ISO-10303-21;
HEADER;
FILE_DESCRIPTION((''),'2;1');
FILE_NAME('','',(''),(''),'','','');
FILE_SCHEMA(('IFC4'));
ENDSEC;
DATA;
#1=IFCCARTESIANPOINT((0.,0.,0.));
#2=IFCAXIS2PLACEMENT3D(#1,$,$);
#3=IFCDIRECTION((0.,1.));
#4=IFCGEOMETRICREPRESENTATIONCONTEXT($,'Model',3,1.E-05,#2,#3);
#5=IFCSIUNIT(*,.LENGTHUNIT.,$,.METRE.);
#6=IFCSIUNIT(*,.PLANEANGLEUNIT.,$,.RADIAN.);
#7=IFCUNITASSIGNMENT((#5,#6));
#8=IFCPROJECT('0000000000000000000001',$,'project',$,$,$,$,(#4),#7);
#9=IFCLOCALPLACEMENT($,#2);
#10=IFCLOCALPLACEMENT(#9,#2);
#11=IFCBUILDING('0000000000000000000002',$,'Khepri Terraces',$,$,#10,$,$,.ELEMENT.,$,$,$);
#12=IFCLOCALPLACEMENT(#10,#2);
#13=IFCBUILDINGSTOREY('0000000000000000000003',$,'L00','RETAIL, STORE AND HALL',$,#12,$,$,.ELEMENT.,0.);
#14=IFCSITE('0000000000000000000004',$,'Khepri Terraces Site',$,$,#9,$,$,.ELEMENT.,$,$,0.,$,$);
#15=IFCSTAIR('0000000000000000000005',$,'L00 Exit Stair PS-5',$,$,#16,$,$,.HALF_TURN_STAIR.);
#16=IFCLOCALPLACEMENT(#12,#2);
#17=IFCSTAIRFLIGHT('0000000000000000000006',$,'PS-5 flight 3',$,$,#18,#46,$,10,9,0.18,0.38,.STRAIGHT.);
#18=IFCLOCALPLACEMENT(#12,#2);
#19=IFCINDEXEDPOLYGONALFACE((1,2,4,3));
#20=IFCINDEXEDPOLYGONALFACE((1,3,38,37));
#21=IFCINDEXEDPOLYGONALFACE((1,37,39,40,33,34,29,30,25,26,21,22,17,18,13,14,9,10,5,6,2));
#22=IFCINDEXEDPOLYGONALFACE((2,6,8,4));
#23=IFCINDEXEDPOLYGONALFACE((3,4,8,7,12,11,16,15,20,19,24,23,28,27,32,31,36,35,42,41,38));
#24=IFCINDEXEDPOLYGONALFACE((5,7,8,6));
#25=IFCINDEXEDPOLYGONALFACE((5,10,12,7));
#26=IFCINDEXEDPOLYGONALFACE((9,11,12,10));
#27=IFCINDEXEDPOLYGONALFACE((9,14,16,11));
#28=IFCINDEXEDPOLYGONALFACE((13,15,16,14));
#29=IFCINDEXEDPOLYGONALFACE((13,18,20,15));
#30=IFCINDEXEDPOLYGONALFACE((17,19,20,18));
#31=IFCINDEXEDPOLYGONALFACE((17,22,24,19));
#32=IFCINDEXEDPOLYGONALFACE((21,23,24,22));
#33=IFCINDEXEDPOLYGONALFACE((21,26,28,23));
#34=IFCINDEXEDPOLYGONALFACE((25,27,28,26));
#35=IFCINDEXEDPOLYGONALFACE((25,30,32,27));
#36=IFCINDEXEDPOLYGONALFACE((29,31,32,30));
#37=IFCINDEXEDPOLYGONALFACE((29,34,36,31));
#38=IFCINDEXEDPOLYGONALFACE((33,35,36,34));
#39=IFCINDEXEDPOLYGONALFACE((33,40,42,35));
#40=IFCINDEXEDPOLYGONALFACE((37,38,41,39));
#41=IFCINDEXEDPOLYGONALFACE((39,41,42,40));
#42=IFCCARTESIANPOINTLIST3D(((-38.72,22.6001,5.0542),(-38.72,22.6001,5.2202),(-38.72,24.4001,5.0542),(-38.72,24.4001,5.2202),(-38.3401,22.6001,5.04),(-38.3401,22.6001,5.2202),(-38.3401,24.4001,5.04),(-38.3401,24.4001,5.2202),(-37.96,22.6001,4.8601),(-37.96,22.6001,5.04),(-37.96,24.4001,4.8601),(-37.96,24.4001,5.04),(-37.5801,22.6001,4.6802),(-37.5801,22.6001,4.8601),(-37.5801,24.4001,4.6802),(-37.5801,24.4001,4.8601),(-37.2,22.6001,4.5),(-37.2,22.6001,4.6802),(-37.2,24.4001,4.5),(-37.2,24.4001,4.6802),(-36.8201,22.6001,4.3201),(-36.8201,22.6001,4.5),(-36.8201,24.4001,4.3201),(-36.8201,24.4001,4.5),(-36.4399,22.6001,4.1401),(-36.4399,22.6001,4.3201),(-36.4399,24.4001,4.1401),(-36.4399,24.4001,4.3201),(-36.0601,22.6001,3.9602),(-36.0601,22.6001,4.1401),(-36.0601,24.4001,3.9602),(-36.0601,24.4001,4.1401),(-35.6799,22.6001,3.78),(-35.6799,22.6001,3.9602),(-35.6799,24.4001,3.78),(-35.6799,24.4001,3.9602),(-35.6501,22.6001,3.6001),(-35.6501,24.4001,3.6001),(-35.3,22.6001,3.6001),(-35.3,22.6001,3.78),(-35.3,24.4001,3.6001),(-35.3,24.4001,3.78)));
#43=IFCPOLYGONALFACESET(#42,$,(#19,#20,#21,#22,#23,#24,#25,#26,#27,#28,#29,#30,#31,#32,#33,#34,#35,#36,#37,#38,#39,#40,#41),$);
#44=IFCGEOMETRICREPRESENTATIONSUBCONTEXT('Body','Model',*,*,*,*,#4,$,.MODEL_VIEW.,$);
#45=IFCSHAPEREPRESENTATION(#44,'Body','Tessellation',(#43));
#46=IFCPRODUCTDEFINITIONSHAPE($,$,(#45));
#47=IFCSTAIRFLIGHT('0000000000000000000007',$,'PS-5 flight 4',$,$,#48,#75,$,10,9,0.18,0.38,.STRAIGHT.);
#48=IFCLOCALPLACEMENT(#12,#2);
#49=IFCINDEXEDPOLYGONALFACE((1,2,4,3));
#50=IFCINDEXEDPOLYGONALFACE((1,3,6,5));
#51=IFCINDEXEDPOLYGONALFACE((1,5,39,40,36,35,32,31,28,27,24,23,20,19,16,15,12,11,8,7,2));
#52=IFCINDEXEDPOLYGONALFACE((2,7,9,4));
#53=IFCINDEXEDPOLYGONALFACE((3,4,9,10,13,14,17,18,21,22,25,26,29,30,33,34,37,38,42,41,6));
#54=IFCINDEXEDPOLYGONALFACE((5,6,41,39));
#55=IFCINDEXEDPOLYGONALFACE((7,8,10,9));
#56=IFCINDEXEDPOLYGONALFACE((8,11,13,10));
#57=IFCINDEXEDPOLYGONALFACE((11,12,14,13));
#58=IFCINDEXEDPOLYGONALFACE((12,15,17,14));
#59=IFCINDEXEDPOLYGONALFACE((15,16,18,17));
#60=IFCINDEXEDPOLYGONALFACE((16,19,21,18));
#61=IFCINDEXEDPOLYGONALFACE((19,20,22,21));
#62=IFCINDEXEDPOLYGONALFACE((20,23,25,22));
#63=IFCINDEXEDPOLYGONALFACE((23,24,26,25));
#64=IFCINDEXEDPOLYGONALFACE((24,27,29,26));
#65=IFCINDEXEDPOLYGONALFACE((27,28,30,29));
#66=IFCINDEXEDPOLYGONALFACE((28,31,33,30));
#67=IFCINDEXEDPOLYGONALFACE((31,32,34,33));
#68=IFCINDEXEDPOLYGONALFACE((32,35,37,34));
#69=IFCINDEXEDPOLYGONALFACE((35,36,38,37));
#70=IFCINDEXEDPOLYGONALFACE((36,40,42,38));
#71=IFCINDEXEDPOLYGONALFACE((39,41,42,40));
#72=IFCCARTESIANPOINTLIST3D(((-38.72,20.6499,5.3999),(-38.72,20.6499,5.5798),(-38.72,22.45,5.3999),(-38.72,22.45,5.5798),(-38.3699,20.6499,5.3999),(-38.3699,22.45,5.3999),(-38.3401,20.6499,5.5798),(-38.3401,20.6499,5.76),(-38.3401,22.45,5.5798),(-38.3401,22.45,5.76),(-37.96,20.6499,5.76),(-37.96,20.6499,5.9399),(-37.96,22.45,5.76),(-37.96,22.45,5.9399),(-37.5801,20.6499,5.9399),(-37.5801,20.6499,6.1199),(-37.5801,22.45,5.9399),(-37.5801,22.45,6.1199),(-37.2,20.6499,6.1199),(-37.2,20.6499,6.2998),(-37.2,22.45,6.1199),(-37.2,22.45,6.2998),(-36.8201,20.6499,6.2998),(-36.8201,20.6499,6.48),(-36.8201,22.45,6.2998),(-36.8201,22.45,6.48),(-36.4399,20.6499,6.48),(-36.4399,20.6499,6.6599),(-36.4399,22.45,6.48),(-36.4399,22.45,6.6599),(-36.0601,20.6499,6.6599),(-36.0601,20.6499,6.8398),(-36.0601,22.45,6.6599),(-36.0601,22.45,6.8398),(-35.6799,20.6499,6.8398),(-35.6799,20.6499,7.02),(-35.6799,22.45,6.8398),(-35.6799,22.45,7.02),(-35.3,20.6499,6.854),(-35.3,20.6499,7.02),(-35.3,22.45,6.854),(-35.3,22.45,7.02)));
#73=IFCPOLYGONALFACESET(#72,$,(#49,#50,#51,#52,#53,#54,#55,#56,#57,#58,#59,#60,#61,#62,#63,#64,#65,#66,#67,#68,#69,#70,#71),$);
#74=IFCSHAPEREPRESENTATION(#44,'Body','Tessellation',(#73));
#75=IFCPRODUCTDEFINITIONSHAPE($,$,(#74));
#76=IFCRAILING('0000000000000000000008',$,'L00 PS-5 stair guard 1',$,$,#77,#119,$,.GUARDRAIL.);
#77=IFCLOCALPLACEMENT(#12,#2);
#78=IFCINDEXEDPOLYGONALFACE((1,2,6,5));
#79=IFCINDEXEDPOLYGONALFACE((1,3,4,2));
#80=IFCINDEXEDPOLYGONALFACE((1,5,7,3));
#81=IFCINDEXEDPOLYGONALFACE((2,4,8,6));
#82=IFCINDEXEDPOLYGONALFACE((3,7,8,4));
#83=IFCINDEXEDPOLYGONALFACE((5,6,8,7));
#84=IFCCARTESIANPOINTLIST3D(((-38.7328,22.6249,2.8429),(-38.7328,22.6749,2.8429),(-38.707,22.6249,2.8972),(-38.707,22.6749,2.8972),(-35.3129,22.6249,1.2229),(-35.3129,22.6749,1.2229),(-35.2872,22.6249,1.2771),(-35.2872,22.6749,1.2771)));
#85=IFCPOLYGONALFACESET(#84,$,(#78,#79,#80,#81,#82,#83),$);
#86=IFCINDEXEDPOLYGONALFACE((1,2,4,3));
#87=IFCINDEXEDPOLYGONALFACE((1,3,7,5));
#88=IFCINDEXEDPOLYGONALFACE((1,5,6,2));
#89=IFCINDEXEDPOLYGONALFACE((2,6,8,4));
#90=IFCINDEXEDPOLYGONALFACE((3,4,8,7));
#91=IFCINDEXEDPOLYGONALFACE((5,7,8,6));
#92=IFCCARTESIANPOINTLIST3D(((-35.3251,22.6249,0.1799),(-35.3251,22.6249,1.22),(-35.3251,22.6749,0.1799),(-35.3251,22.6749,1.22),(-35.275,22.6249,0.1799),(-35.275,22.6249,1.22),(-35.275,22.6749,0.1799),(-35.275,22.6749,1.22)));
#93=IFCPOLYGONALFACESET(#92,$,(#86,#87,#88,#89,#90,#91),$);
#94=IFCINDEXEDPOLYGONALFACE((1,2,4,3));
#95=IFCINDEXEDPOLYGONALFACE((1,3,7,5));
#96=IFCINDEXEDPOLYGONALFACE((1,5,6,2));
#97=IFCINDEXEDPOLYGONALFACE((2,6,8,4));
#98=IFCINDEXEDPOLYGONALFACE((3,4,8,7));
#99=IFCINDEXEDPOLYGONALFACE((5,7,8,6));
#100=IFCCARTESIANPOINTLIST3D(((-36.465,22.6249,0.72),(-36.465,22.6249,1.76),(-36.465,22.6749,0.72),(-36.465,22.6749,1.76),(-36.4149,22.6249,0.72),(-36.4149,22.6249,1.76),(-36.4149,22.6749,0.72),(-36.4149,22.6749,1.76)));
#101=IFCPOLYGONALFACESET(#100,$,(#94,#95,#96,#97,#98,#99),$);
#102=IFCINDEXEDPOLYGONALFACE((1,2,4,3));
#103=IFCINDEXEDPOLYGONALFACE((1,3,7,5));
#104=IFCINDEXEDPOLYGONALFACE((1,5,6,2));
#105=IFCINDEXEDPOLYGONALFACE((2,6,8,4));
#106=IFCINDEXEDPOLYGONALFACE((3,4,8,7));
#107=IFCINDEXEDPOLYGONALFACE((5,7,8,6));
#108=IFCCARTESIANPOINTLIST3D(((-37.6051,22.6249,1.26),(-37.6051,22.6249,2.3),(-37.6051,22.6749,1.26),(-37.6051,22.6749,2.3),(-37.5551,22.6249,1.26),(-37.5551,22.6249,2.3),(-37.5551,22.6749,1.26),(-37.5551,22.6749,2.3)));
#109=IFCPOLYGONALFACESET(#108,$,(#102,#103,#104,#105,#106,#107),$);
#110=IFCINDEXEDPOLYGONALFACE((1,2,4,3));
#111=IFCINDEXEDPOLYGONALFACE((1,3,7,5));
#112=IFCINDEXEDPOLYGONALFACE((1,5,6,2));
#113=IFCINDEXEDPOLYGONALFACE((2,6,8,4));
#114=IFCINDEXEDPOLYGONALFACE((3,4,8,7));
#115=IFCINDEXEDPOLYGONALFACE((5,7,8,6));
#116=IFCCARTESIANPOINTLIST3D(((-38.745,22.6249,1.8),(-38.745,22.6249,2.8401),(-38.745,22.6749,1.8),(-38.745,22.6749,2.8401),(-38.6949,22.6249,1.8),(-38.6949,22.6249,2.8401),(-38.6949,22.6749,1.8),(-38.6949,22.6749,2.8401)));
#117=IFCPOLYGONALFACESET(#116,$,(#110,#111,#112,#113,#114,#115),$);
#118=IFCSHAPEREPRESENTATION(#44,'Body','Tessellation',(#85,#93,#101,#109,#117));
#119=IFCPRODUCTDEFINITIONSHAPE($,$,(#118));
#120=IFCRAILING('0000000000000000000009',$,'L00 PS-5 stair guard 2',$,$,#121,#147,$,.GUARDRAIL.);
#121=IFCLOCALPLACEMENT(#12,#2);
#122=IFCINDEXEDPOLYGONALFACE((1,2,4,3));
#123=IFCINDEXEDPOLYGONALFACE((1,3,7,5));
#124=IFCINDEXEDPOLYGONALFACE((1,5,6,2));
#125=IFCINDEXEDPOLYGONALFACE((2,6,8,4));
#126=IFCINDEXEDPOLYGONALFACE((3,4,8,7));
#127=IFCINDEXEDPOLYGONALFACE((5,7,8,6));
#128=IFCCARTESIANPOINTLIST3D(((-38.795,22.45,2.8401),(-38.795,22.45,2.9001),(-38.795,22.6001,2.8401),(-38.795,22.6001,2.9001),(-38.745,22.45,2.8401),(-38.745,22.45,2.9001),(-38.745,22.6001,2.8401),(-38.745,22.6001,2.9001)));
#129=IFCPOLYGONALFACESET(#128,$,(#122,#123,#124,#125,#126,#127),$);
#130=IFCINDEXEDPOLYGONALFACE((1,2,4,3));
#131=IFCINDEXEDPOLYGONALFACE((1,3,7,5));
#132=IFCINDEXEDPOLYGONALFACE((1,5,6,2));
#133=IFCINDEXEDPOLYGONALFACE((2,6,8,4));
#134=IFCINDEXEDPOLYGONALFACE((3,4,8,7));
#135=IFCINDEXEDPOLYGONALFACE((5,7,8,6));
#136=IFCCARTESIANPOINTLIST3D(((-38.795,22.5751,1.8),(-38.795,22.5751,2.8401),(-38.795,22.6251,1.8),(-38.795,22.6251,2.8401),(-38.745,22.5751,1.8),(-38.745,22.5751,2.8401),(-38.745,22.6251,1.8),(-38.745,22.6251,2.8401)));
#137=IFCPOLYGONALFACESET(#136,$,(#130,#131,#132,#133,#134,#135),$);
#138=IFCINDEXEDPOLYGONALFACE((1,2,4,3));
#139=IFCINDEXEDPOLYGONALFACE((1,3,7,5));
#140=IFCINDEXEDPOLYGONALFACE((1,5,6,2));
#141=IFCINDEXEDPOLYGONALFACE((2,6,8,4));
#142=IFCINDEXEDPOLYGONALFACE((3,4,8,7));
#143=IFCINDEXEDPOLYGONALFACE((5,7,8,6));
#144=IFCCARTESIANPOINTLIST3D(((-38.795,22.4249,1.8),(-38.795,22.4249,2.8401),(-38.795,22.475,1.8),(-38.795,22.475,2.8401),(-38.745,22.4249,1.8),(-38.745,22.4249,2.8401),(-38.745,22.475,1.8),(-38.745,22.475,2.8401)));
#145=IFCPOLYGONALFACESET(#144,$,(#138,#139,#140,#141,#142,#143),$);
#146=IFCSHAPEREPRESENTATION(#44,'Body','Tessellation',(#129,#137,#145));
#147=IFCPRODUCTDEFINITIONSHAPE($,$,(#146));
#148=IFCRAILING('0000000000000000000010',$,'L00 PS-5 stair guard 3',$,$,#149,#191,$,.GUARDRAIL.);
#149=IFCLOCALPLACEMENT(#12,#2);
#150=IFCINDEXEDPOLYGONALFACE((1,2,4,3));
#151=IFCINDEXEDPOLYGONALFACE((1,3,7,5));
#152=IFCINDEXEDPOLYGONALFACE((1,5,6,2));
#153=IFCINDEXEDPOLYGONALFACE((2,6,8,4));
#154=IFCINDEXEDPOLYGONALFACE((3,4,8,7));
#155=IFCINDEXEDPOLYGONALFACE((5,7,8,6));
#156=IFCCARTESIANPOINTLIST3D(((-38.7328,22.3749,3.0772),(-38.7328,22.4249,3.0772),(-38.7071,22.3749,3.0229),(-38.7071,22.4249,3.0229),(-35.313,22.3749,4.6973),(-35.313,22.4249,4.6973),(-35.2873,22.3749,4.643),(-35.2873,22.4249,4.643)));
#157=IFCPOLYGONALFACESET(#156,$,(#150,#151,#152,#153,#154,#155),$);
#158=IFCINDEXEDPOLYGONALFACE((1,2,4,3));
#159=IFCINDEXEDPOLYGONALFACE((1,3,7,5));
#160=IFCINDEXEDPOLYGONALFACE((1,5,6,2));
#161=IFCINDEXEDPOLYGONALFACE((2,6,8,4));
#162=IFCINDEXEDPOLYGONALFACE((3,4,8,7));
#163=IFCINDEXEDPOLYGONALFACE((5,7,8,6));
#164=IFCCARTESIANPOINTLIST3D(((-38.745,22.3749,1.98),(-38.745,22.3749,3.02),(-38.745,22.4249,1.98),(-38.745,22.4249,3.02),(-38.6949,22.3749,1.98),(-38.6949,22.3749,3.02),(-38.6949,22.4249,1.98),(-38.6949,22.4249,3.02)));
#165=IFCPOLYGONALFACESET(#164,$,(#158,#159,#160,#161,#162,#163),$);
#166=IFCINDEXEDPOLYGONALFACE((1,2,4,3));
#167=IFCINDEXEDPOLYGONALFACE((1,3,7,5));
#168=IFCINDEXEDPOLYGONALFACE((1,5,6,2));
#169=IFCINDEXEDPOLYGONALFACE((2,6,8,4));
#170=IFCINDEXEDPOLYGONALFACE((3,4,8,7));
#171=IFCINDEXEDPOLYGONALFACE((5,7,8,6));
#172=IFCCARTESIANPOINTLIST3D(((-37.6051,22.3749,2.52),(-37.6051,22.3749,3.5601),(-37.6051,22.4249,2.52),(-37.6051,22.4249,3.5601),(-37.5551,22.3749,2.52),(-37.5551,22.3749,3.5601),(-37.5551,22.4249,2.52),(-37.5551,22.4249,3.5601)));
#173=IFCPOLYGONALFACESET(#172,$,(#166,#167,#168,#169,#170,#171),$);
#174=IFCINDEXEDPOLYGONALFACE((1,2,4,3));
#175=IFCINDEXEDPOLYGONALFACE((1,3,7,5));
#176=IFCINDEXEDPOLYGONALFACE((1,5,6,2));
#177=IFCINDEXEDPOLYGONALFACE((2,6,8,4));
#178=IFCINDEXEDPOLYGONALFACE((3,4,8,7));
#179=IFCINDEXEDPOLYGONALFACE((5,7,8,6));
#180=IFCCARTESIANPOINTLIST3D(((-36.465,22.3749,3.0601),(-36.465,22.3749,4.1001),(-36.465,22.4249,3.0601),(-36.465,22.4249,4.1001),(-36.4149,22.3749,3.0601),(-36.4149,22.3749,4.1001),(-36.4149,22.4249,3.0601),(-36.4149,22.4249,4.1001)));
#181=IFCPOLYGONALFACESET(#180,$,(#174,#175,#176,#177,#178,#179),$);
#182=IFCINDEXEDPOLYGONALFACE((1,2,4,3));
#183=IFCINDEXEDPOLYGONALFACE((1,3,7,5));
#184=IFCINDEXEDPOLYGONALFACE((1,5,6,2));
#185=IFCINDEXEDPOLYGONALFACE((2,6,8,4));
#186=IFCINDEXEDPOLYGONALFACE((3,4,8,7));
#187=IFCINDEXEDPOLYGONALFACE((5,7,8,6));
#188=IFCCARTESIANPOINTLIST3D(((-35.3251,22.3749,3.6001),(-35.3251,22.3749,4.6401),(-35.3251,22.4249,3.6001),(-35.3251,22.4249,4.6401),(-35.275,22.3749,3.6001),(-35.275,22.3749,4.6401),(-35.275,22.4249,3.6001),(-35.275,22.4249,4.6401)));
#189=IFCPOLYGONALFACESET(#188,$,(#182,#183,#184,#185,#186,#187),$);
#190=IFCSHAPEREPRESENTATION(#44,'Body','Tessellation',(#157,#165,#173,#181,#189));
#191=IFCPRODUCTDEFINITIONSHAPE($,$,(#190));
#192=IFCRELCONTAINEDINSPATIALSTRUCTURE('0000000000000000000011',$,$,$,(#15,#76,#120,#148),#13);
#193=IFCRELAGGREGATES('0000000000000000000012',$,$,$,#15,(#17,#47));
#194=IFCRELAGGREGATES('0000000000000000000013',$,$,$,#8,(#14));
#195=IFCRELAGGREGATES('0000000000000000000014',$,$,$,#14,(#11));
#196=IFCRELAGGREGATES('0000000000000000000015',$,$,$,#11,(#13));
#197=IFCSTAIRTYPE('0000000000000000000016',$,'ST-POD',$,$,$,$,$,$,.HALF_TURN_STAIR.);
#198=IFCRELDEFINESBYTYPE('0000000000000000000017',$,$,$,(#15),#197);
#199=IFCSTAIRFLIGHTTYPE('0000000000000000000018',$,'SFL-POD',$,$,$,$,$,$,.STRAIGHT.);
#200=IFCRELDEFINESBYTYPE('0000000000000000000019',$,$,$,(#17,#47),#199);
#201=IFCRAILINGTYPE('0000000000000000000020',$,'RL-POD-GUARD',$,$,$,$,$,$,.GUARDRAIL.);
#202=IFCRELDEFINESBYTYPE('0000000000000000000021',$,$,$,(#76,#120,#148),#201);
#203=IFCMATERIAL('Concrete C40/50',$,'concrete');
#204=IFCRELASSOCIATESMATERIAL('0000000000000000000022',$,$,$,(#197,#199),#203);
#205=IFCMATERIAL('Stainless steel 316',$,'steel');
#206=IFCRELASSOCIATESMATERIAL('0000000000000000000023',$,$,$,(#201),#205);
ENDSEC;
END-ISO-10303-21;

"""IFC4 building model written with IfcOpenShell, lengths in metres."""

from ifc_helpers import new_model, si_unit, direction, frame, origin, origin_2d, place, context, subcontext, project, spatial, polyline, rectangle, outline, extrude, material, type_object, element, aggregate, save


model = new_model("IFC4")

# Units and contexts
model_context = context("Model", 3, precision=1e-05, world=origin(), true_north=direction((0.0, 1.0)))
body_context = subcontext(model_context, "Body", "Model", "MODEL_VIEW")
ifc_project = project(units=[si_unit("LENGTHUNIT", "METRE"), si_unit("PLANEANGLEUNIT", "RADIAN")], contexts=[model_context])

# Site, building, storey
site_placement = place(None, origin())
site = spatial("IfcSite", under=ifc_project, at=site_placement, Name="Khepri Terraces Site", CompositionType="ELEMENT", RefElevation=0.0)
building_placement = place(site_placement, origin())
building = spatial("IfcBuilding", under=site, at=building_placement, Name="Khepri Terraces", CompositionType="ELEMENT")
storey_placement = place(building_placement, origin())
storey = spatial("IfcBuildingStorey", under=building, at=storey_placement, Name="L00", Description="RETAIL, STORE AND HALL", CompositionType="ELEMENT", Elevation=0.0)

# Shared definitions
ifc_material_1 = material(Name="Concrete C40/50", Category="concrete")

# Stair, stair flights
stair_type = type_object("IfcStairType", Name="ST-POD", PredefinedType="HALF_TURN_STAIR", material=ifc_material_1)
stair_placement = place(storey_placement, origin())
stair = element("IfcStair", 1, at=stair_placement, inside=storey, type_object=stair_type, Name="L00 Exit Stair PS-5", PredefinedType="HALF_TURN_STAIR")
stair_flight_type = type_object("IfcStairFlightType", Name="SFL-POD", PredefinedType="STRAIGHT", material=ifc_material_1)
stair_flight_1_placement = place(storey_placement, frame((-35.3, 23.5, 3.6001), z_axis=(0.0, 0.0, 1.0), x_axis=(-1.0, 0.0, 0.0)))
stair_flight_1 = element("IfcStairFlight", 2, at=stair_flight_1_placement, type_object=stair_flight_type, Name="PS-5 flight 3", NumberOfRisers=10, NumberOfTreads=9, PredefinedType="STRAIGHT", RiserHeight=0.18, TreadLength=0.38, context=body_context, shape_type="SweptSolid", body=[
    extrude(outline(polyline([(0.0, 0.0), (0.0, 0.1799), (0.3799, 0.1799), (0.3799, 0.3601), (0.76, 0.3601), (0.76, 0.54), (1.1399, 0.54), (1.1399, 0.72), (1.52, 0.72), (1.52, 0.8999), (1.8999, 0.8999), (1.8999, 1.0801), (2.28, 1.0801), (2.28, 1.26), (2.6599, 1.26), (2.6599, 1.4399), (3.04, 1.4399), (3.04, 1.6201), (3.4199, 1.6201), (3.4199, 1.8), (3.4199, 1.4541), (0.3501, 0.0), (0.0, 0.0)])), frame((0.0, 0.8999, 0.0), z_axis=(0.0, -1.0, 0.0), x_axis=(1.0, 0.0, 0.0)), (0.0, 0.0, 1.0), 1.8),
])
stair_flight_2_placement = place(storey_placement, frame((-38.72, 21.55, 5.3999), z_axis=(0.0, 0.0, 1.0), x_axis=(1.0, 0.0, 0.0)))
stair_flight_2 = element("IfcStairFlight", 3, at=stair_flight_2_placement, type_object=stair_flight_type, Name="PS-5 flight 4", NumberOfRisers=10, NumberOfTreads=9, PredefinedType="STRAIGHT", RiserHeight=0.18, TreadLength=0.38, context=body_context, shape_type="SweptSolid", body=[
    extrude(outline(polyline([(0.0, 0.0), (0.0, 0.1799), (0.3799, 0.1799), (0.3799, 0.3601), (0.76, 0.3601), (0.76, 0.54), (1.1399, 0.54), (1.1399, 0.72), (1.52, 0.72), (1.52, 0.8999), (1.8999, 0.8999), (1.8999, 1.0801), (2.28, 1.0801), (2.28, 1.26), (2.6599, 1.26), (2.6599, 1.4399), (3.04, 1.4399), (3.04, 1.6201), (3.4199, 1.6201), (3.4199, 1.8), (3.4199, 1.4541), (0.3501, 0.0), (0.0, 0.0)])), frame((0.0, 0.8999, 0.0), z_axis=(0.0, -1.0, 0.0), x_axis=(1.0, 0.0, 0.0)), (0.0, 0.0, 1.0), 1.8),
])
aggregate(stair, [stair_flight_1, stair_flight_2])

# Railings
ifc_material_2 = material(Name="Stainless steel 316", Category="steel")
railing_type_1 = type_object("IfcRailingType", Name="RL-POD-GUARD", PredefinedType="GUARDRAIL", material=ifc_material_2)
railing_1_placement = place(storey_placement, frame((-35.3, 22.6499, 0.1799)))
element("IfcRailing", 4, at=railing_1_placement, inside=storey, type_object=railing_type_1, Name="L00 PS-5 stair guard 1", PredefinedType="GUARDRAIL", context=body_context, shape_type="SweptSolid", body=[
    extrude(rectangle(XDim=0.05, YDim=0.0601, at=origin_2d()), frame((0.0, 0.0, 1.0701), z_axis=(-0.903722, 0.0, 0.42812), x_axis=(0.0, -1.0, 0.0)), (0.0, 0.0, 1.0), 3.7842),
    extrude(rectangle(XDim=0.05, YDim=0.05, at=origin_2d()), origin(), (0.0, 0.0, 1.0), 1.04),
    extrude(rectangle(XDim=0.05, YDim=0.05, at=origin_2d()), frame((-1.1399, 0.0, 0.54)), (0.0, 0.0, 1.0), 1.04),
    extrude(rectangle(XDim=0.05, YDim=0.05, at=origin_2d()), frame((-2.28, 0.0, 1.0801)), (0.0, 0.0, 1.0), 1.04),
    extrude(rectangle(XDim=0.05, YDim=0.05, at=origin_2d()), frame((-3.4199, 0.0, 1.6201)), (0.0, 0.0, 1.0), 1.04),
])
railing_2_placement = place(storey_placement, frame((-38.77, 22.6001, 1.8)))
element("IfcRailing", 5, at=railing_2_placement, inside=storey, type_object=railing_type_1, Name="L00 PS-5 stair guard 2", PredefinedType="GUARDRAIL", context=body_context, shape_type="SweptSolid", body=[
    extrude(rectangle(XDim=0.05, YDim=0.0601, at=origin_2d()), frame((0.0, 0.0, 1.0701), z_axis=(0.0, -1.0, 0.0), x_axis=(1.0, 0.0, 0.0)), (0.0, 0.0, 1.0), 0.1501),
    extrude(rectangle(XDim=0.05, YDim=0.05, at=origin_2d()), origin(), (0.0, 0.0, 1.0), 1.04),
    extrude(rectangle(XDim=0.05, YDim=0.05, at=origin_2d()), frame((0.0, -0.1501, 0.0)), (0.0, 0.0, 1.0), 1.04),
])
railing_3_placement = place(storey_placement, frame((-38.72, 22.3999, 1.98)))
element("IfcRailing", 6, at=railing_3_placement, inside=storey, type_object=railing_type_1, Name="L00 PS-5 stair guard 3", PredefinedType="GUARDRAIL", context=body_context, shape_type="SweptSolid", body=[
    extrude(rectangle(XDim=0.05, YDim=0.0601, at=origin_2d()), frame((0.0, 0.0, 1.0701), z_axis=(0.903722, 0.0, 0.42812), x_axis=(0.0, 1.0, 0.0)), (0.0, 0.0, 1.0), 3.7842),
    extrude(rectangle(XDim=0.05, YDim=0.05, at=origin_2d()), origin(), (0.0, 0.0, 1.0), 1.04),
    extrude(rectangle(XDim=0.05, YDim=0.05, at=origin_2d()), frame((1.1399, 0.0, 0.54)), (0.0, 0.0, 1.0), 1.04),
    extrude(rectangle(XDim=0.05, YDim=0.05, at=origin_2d()), frame((2.28, 0.0, 1.0801)), (0.0, 0.0, 1.0), 1.04),
    extrude(rectangle(XDim=0.05, YDim=0.05, at=origin_2d()), frame((3.4199, 0.0, 1.6201)), (0.0, 0.0, 1.0), 1.04),
])

save(model, "model.ifc")
